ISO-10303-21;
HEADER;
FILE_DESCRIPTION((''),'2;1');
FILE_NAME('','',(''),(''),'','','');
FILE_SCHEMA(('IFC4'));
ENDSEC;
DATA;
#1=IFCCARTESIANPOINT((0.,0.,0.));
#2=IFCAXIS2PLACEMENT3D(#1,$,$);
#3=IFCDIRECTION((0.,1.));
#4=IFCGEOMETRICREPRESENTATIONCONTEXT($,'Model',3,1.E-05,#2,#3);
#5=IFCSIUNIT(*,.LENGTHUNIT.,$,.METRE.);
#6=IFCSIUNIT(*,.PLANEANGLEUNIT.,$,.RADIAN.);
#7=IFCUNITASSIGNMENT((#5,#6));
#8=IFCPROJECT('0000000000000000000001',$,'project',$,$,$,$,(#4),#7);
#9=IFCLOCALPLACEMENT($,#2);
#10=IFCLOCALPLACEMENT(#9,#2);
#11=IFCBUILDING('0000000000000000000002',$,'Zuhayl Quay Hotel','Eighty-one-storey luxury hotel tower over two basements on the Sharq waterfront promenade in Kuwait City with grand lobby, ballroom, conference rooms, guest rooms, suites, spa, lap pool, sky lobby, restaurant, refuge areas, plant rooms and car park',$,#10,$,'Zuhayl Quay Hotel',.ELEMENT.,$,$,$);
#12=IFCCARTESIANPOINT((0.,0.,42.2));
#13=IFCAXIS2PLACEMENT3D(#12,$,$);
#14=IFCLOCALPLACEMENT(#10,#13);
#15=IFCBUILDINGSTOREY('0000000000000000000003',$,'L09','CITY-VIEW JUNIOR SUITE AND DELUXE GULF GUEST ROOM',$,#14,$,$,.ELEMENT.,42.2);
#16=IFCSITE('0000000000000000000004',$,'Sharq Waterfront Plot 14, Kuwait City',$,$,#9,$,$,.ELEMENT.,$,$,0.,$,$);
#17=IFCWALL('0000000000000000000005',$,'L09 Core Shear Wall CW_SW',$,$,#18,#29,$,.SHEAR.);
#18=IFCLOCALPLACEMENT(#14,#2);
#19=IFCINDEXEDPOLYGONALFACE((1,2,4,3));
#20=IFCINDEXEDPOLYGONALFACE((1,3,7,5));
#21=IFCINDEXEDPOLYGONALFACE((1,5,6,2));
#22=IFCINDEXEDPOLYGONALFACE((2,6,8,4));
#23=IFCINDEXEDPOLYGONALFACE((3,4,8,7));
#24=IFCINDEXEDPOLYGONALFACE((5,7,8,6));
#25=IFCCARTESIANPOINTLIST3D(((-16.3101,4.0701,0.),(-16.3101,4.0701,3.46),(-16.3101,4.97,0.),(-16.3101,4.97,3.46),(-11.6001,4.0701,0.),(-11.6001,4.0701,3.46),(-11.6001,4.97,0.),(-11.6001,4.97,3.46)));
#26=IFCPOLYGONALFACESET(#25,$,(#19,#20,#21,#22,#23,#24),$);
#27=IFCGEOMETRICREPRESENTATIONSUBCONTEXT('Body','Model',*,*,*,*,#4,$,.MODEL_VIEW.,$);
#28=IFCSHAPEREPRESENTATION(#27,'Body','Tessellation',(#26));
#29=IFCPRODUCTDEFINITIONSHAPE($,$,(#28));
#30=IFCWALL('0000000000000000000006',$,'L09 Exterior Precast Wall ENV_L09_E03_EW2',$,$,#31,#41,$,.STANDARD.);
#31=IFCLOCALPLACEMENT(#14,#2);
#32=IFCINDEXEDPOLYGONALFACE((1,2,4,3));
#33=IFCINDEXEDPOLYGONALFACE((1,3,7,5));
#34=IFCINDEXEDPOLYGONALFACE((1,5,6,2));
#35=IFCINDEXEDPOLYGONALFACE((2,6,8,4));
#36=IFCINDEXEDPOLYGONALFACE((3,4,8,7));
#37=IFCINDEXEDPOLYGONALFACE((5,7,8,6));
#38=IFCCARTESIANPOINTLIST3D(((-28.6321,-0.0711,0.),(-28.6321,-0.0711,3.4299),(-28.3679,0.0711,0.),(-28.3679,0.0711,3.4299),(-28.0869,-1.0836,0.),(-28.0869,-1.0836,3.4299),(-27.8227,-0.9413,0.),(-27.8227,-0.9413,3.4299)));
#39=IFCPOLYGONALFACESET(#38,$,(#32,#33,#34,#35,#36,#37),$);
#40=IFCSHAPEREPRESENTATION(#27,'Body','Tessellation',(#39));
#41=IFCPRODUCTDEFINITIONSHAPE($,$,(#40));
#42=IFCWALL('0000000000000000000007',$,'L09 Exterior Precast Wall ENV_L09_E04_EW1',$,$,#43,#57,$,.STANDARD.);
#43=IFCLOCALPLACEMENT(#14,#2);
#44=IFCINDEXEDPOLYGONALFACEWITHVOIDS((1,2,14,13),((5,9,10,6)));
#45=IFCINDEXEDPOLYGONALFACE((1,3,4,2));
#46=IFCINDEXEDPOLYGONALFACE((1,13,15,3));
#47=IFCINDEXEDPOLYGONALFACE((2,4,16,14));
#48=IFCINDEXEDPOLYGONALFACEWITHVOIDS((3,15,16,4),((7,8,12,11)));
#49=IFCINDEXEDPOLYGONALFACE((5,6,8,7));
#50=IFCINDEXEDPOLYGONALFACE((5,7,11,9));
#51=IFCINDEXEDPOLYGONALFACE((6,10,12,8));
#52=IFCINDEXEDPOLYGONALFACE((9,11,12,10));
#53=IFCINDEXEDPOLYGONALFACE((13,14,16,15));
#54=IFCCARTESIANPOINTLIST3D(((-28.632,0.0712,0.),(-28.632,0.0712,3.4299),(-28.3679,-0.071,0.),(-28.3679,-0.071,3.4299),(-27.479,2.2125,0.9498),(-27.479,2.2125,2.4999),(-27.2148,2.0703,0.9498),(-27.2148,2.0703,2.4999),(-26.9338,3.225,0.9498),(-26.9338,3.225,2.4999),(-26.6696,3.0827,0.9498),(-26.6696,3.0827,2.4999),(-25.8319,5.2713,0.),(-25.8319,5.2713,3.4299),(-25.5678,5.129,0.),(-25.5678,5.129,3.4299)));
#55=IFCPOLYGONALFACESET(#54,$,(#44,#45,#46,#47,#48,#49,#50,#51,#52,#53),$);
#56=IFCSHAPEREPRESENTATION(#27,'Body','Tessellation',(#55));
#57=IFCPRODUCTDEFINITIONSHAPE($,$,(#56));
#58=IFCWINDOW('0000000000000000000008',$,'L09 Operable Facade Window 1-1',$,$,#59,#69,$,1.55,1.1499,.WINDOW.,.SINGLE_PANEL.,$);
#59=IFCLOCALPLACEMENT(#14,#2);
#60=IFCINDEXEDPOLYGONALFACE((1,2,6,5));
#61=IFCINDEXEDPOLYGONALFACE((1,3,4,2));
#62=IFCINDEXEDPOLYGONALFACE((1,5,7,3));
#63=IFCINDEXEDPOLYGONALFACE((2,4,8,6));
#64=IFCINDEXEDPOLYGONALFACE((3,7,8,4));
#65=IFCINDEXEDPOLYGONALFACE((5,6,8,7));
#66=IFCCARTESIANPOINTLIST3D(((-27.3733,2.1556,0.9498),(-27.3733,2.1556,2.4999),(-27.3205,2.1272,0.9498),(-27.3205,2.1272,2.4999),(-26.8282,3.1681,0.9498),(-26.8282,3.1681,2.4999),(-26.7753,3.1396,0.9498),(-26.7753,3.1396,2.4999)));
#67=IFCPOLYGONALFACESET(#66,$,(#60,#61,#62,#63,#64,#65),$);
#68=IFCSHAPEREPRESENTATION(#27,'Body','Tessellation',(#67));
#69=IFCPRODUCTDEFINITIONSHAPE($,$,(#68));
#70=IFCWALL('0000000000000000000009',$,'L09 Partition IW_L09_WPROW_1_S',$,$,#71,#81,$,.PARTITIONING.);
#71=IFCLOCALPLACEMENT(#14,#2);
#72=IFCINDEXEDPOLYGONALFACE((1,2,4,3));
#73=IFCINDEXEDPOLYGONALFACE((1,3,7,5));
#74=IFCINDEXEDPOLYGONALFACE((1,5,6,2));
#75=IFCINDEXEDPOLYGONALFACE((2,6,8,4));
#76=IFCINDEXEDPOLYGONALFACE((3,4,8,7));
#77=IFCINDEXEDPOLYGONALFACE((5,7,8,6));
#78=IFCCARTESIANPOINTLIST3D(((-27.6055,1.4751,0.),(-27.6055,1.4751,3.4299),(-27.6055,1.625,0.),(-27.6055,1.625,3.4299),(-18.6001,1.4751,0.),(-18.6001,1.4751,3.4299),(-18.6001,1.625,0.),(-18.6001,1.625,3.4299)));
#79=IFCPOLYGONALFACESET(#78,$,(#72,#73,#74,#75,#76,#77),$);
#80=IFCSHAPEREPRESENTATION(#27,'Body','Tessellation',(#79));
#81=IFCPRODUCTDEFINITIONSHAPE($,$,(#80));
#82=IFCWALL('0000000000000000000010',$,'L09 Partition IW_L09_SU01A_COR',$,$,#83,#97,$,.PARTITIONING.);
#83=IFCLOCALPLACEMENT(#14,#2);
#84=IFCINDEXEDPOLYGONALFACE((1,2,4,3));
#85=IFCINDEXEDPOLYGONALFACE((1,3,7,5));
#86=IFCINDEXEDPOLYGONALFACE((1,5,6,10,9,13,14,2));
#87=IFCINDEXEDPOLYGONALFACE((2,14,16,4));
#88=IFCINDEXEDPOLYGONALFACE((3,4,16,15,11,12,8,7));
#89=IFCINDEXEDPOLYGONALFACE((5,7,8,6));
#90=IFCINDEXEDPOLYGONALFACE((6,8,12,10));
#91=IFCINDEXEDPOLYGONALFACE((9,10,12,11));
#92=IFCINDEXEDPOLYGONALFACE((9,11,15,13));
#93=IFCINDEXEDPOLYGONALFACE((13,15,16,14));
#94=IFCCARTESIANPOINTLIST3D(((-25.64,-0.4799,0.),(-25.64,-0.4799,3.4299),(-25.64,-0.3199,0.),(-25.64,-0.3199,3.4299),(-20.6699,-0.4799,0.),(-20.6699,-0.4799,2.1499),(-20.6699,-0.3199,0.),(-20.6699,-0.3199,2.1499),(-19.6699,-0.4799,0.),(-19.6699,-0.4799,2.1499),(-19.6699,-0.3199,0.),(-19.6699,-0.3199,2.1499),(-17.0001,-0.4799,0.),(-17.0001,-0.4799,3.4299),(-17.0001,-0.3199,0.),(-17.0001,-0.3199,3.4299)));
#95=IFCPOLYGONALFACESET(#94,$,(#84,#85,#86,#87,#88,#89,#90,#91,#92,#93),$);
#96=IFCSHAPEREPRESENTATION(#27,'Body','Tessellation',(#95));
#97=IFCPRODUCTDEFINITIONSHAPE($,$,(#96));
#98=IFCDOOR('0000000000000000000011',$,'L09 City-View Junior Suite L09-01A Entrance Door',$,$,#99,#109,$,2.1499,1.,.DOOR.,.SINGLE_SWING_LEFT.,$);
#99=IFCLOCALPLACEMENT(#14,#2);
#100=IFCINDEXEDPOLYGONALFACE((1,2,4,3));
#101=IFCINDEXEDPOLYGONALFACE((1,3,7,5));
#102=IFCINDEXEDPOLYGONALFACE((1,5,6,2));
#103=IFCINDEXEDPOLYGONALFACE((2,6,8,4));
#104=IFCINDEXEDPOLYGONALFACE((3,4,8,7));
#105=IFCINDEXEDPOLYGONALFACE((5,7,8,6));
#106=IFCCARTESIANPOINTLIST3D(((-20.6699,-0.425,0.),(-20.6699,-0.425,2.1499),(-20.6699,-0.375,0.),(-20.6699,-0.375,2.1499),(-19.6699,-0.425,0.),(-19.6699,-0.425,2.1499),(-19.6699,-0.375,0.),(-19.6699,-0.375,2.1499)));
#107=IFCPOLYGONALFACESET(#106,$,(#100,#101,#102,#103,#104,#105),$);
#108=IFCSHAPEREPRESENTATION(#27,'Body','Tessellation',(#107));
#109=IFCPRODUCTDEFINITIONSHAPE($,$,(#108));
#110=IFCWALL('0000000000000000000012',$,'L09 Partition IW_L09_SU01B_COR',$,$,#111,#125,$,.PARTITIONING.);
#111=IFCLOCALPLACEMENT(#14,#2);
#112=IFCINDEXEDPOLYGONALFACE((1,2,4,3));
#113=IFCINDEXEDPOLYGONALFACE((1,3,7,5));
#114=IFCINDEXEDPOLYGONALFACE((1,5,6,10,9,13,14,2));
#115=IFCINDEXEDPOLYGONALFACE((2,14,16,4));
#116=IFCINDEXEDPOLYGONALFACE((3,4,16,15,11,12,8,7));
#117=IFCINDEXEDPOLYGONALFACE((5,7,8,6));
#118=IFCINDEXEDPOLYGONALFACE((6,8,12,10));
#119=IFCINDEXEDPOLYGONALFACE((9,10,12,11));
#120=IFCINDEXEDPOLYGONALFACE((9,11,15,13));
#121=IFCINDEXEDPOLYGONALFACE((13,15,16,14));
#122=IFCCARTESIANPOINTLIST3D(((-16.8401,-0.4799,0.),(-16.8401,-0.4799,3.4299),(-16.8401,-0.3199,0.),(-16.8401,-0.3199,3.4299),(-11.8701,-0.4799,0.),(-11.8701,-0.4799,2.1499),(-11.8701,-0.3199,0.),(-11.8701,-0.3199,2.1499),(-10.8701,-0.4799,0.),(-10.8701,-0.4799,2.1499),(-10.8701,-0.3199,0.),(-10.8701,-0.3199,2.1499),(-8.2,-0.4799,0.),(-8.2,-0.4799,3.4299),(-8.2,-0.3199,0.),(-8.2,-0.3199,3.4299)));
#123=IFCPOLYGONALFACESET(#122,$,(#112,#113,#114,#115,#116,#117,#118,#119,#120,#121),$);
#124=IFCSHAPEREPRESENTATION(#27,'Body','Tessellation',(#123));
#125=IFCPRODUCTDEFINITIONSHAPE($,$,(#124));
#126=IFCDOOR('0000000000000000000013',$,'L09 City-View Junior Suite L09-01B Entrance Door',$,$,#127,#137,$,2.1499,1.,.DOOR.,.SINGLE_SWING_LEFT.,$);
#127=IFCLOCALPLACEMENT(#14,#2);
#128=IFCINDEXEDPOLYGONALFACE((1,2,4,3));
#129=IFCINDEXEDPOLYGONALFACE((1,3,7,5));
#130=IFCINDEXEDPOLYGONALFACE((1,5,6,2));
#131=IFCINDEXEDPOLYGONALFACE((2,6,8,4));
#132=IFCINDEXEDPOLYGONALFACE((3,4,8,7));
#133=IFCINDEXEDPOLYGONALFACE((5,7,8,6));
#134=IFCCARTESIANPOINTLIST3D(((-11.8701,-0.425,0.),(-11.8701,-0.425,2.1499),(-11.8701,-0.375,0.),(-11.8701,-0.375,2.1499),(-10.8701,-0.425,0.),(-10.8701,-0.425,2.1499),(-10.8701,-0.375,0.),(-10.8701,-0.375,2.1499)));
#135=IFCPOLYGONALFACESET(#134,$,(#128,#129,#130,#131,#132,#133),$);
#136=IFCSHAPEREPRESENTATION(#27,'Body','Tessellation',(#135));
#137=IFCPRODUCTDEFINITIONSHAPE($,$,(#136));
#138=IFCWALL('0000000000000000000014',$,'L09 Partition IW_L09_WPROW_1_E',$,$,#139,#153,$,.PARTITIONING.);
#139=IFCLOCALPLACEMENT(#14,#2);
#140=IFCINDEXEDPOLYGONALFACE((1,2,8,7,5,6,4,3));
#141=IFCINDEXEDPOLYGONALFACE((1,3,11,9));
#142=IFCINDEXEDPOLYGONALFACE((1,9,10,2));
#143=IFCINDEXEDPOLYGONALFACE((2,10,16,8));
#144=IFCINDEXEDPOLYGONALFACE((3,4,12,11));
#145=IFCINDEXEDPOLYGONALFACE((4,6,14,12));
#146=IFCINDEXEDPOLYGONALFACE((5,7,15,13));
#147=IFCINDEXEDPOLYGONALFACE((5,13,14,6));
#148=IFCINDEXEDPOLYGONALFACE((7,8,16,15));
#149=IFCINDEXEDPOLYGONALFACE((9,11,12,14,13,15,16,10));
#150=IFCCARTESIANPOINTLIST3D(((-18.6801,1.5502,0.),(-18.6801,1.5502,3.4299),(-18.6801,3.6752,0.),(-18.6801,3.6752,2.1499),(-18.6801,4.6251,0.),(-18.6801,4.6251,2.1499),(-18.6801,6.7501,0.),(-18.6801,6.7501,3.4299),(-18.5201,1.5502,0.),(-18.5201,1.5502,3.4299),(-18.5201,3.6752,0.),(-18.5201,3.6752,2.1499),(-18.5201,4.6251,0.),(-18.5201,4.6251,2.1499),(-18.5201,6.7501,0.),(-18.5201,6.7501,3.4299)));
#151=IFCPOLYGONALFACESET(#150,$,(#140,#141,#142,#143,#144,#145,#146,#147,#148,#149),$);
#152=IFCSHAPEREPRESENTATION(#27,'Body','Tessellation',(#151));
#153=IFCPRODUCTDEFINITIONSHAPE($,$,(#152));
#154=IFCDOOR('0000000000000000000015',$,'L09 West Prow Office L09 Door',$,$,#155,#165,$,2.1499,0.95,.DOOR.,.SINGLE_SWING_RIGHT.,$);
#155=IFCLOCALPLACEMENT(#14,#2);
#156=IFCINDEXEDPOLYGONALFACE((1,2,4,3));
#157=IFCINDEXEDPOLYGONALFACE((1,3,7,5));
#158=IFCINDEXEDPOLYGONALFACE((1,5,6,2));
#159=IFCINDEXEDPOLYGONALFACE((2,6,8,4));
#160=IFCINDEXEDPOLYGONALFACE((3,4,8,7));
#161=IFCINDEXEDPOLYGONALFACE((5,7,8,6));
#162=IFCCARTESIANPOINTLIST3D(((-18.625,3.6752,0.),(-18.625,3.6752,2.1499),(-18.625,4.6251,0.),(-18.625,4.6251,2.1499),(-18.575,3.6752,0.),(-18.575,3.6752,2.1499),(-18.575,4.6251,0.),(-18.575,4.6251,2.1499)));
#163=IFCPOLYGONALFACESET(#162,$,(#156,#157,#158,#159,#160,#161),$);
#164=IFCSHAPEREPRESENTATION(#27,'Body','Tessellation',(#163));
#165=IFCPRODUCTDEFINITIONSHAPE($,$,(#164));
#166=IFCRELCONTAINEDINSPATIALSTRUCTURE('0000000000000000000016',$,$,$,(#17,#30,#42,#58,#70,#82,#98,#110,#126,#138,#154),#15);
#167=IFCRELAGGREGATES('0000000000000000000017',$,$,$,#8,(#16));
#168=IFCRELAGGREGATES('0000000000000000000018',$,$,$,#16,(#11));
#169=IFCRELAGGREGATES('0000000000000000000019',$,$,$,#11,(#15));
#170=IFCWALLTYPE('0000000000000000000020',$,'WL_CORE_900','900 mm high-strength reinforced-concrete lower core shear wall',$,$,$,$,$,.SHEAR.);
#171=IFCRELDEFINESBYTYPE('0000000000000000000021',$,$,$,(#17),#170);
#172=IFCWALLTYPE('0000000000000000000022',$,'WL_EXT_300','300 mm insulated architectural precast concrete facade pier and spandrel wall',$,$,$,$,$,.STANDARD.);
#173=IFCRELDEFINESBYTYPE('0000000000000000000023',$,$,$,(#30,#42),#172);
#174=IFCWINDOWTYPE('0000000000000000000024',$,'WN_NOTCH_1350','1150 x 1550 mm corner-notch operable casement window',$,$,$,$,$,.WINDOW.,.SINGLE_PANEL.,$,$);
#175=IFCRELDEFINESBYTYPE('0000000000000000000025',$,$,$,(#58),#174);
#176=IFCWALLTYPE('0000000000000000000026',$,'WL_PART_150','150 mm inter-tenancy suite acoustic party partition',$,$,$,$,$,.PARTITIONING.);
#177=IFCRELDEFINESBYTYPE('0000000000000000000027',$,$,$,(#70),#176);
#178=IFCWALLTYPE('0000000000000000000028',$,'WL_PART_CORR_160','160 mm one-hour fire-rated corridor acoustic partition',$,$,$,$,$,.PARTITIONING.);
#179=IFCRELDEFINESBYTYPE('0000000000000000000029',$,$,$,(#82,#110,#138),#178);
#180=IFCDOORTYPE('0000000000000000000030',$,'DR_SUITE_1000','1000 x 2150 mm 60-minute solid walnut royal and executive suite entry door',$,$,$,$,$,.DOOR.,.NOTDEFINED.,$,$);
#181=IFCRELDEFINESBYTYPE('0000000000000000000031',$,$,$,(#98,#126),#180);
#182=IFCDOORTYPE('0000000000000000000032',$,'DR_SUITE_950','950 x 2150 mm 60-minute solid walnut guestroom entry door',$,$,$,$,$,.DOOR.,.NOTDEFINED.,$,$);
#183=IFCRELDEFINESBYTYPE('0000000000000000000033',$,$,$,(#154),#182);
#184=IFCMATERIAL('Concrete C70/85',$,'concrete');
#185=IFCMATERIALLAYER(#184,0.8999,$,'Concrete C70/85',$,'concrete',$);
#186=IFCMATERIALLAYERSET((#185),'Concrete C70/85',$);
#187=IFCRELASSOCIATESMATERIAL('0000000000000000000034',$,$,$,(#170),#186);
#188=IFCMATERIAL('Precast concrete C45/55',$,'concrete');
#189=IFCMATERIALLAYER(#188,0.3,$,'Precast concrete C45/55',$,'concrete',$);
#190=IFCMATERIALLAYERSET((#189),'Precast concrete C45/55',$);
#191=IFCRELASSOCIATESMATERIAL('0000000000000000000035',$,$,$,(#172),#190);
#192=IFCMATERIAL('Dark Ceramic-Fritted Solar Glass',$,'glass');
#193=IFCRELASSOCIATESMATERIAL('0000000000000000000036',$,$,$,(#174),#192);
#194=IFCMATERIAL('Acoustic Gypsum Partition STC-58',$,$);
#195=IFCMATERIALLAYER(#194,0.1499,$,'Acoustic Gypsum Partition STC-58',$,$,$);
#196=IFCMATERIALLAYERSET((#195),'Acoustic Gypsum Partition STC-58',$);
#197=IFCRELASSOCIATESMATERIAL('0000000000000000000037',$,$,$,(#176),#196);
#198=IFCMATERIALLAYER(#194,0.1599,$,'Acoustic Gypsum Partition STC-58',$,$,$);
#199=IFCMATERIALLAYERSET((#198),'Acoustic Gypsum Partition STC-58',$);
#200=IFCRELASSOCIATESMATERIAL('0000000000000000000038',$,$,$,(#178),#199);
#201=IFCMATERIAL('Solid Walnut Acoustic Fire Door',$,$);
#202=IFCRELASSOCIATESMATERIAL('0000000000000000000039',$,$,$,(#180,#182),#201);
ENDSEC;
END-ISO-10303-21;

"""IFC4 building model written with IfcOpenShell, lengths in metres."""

from ifc_helpers import new_model, si_unit, direction, frame, frame_2d, origin, place, context, subcontext, project, spatial, rectangle, extrude, material, layer, layer_set, type_object, element, fill, save


model = new_model("IFC4")

# Units and contexts
model_context = context("Model", 3, precision=1e-05, world=origin(), true_north=direction((0.0, 1.0)))
body_context = subcontext(model_context, "Body", "Model", "MODEL_VIEW")
ifc_project = project(units=[si_unit("LENGTHUNIT", "METRE"), si_unit("PLANEANGLEUNIT", "RADIAN")], contexts=[model_context])

# Site, building, storey
site_placement = place(None, origin())
site = spatial("IfcSite", under=ifc_project, at=site_placement, Name="Sharq Waterfront Plot 14, Kuwait City", CompositionType="ELEMENT", RefElevation=0.0)
building_placement = place(site_placement, origin())
building = spatial("IfcBuilding", under=site, at=building_placement, Name="Zuhayl Quay Hotel", Description="Eighty-one-storey luxury hotel tower over two basements on the Sharq waterfront promenade in Kuwait City with grand lobby, ballroom, conference rooms, guest rooms, suites, spa, lap pool, sky lobby, restaurant, refuge areas, plant rooms and car park", LongName="Zuhayl Quay Hotel", CompositionType="ELEMENT")
storey_placement = place(building_placement, frame((0.0, 0.0, 42.2)))
storey = spatial("IfcBuildingStorey", under=building, at=storey_placement, Name="L09", Description="CITY-VIEW JUNIOR SUITE AND DELUXE GULF GUEST ROOM", CompositionType="ELEMENT", Elevation=42.2)

# Shared definitions
ifc_material_1 = material(Name="Concrete C70/85", Category="concrete")

# Shared definitions
ifc_material_2 = material(Name="Dark Ceramic-Fritted Solar Glass", Category="glass")

# Walls
ifc_layer_1 = layer(ifc_material_1, 0.8999, Name="Concrete C70/85", Category="concrete")
ifc_layer_set_1 = layer_set([ifc_layer_1], Name="Concrete C70/85")
wall_type_1 = type_object("IfcWallType", Name="WL_CORE_900", Description="900 mm high-strength reinforced-concrete lower core shear wall", PredefinedType="SHEAR", material=ifc_layer_set_1)
wall_1_placement = place(storey_placement, frame((-16.3101, 4.52, 0.0), z_axis=(0.0, 0.0, 1.0), x_axis=(1.0, 0.0, 0.0)))
element("IfcWall", 1, at=wall_1_placement, inside=storey, type_object=wall_type_1, Name="L09 Core Shear Wall CW_SW", PredefinedType="SHEAR", context=body_context, shape_type="SweptSolid", body=[
    extrude(rectangle(XDim=4.71, YDim=0.8999, at=frame_2d((2.355, 0.0))), origin(), (0.0, 0.0, 1.0), 3.46),
])
ifc_material_3 = material(Name="Precast concrete C45/55", Category="concrete")
ifc_layer_2 = layer(ifc_material_3, 0.3, Name="Precast concrete C45/55", Category="concrete")
ifc_layer_set_2 = layer_set([ifc_layer_2], Name="Precast concrete C45/55")
wall_type_2 = type_object("IfcWallType", Name="WL_EXT_300", Description="300 mm insulated architectural precast concrete facade pier and spandrel wall", PredefinedType="STANDARD", material=ifc_layer_set_2)
wall_2_placement = place(storey_placement, frame((-27.9548, -1.0125, 0.0), z_axis=(0.0, 0.0, 1.0), x_axis=(-0.4741, 0.880471, 0.0)))
element("IfcWall", 2, at=wall_2_placement, inside=storey, type_object=wall_type_2, Name="L09 Exterior Precast Wall ENV_L09_E03_EW2", PredefinedType="STANDARD", context=body_context, shape_type="SweptSolid", body=[
    extrude(rectangle(XDim=1.1499, YDim=0.3, at=frame_2d((0.575, 0.0))), origin(), (0.0, 0.0, 1.0), 3.4299),
])

# Wall, opening, window
wall_3_placement = place(storey_placement, frame((-28.5, 0.0, 0.0), z_axis=(0.0, 0.0, 1.0), x_axis=(0.47411, 0.880466, 0.0)))
wall_3 = element("IfcWall", 3, at=wall_3_placement, inside=storey, type_object=wall_type_2, Name="L09 Exterior Precast Wall ENV_L09_E04_EW1", PredefinedType="STANDARD", context=body_context, shape_type="SweptSolid", body=[
    extrude(rectangle(XDim=5.906, YDim=0.3, at=frame_2d((2.9531, 0.0))), origin(), (0.0, 0.0, 1.0), 3.4299),
])
opening_1_placement = place(wall_3_placement, frame((2.4321, 0.0, 0.95)))
opening_1 = element("IfcOpeningElement", 4, at=opening_1_placement, cuts=wall_3, PredefinedType="OPENING", context=body_context, shape_type="SweptSolid", body=[
    extrude(rectangle(XDim=1.1499, YDim=1.55, at=frame_2d((0.575, 0.7749))), frame((0.0, 0.1599, 0.0), z_axis=(0.0, -1.0, 0.0), x_axis=(1.0, 0.0, 0.0)), (0.0, 0.0, 1.0), 0.3201),
])
window_type = type_object("IfcWindowType", Name="WN_NOTCH_1350", Description="1150 x 1550 mm corner-notch operable casement window", PartitioningType="SINGLE_PANEL", PredefinedType="WINDOW", material=ifc_material_2)
window_placement = place(opening_1_placement, origin())
window = element("IfcWindow", 5, at=window_placement, inside=storey, type_object=window_type, Name="L09 Operable Facade Window 1-1", OverallHeight=1.55, OverallWidth=1.1499, PartitioningType="SINGLE_PANEL", PredefinedType="WINDOW", context=body_context, shape_type="SweptSolid", body=[
    extrude(rectangle(XDim=1.1499, YDim=1.55, at=frame_2d((0.575, 0.7749))), frame((0.0, 0.03, 0.0), z_axis=(0.0, -1.0, 0.0), x_axis=(1.0, 0.0, 0.0)), (0.0, 0.0, 1.0), 0.0601),
])
fill(opening_1, window)

# Wall
ifc_material_4 = material(Name="Acoustic Gypsum Partition STC-58")
ifc_layer_3 = layer(ifc_material_4, 0.1499, Name="Acoustic Gypsum Partition STC-58")
ifc_layer_set_3 = layer_set([ifc_layer_3], Name="Acoustic Gypsum Partition STC-58")
wall_type_3 = type_object("IfcWallType", Name="WL_PART_150", Description="150 mm inter-tenancy suite acoustic party partition", PredefinedType="PARTITIONING", material=ifc_layer_set_3)
wall_4_placement = place(storey_placement, frame((-27.6055, 1.55, 0.0), z_axis=(0.0, 0.0, 1.0), x_axis=(1.0, 0.0, 0.0)))
element("IfcWall", 6, at=wall_4_placement, inside=storey, type_object=wall_type_3, Name="L09 Partition IW_L09_WPROW_1_S", PredefinedType="PARTITIONING", context=body_context, shape_type="SweptSolid", body=[
    extrude(rectangle(XDim=9.0054, YDim=0.1499, at=frame_2d((4.5027, 0.0))), origin(), (0.0, 0.0, 1.0), 3.4299),
])

# Walls, openings, doors
ifc_layer_4 = layer(ifc_material_4, 0.1599, Name="Acoustic Gypsum Partition STC-58")
ifc_layer_set_4 = layer_set([ifc_layer_4], Name="Acoustic Gypsum Partition STC-58")
wall_type_4 = type_object("IfcWallType", Name="WL_PART_CORR_160", Description="160 mm one-hour fire-rated corridor acoustic partition", PredefinedType="PARTITIONING", material=ifc_layer_set_4)
wall_5_placement = place(storey_placement, frame((-25.6399, -0.3999, 0.0), z_axis=(0.0, 0.0, 1.0), x_axis=(1.0, 0.0, 0.0)))
wall_5 = element("IfcWall", 7, at=wall_5_placement, inside=storey, type_object=wall_type_4, Name="L09 Partition IW_L09_SU01A_COR", PredefinedType="PARTITIONING", context=body_context, shape_type="SweptSolid", body=[
    extrude(rectangle(XDim=8.6399, YDim=0.1599, at=frame_2d((4.3198, 0.0))), origin(), (0.0, 0.0, 1.0), 3.4299),
])
opening_2_placement = place(wall_5_placement, frame((4.97, 0.0, 0.0)))
opening_2 = element("IfcOpeningElement", 8, at=opening_2_placement, cuts=wall_5, PredefinedType="OPENING", context=body_context, shape_type="SweptSolid", body=[
    extrude(rectangle(XDim=1.0, YDim=2.1499, at=frame_2d((0.5, 1.075))), frame((0.0, 0.0898, 0.0), z_axis=(0.0, -1.0, 0.0), x_axis=(1.0, 0.0, 0.0)), (0.0, 0.0, 1.0), 0.1799),
])
ifc_material_5 = material(Name="Solid Walnut Acoustic Fire Door")
door_type_1 = type_object("IfcDoorType", Name="DR_SUITE_1000", Description="1000 x 2150 mm 60-minute solid walnut royal and executive suite entry door", OperationType="NOTDEFINED", PredefinedType="DOOR", material=ifc_material_5)
door_1_placement = place(opening_2_placement, origin())
door_1 = element("IfcDoor", 9, at=door_1_placement, inside=storey, type_object=door_type_1, Name="L09 City-View Junior Suite L09-01A Entrance Door", OperationType="SINGLE_SWING_LEFT", OverallHeight=2.1499, OverallWidth=1.0, PredefinedType="DOOR", context=body_context, shape_type="SweptSolid", body=[
    extrude(rectangle(XDim=1.0, YDim=2.1499, at=frame_2d((0.5, 1.075))), frame((0.0, 0.0249, 0.0), z_axis=(0.0, -1.0, 0.0), x_axis=(1.0, 0.0, 0.0)), (0.0, 0.0, 1.0), 0.05),
])
fill(opening_2, door_1)
wall_6_placement = place(storey_placement, frame((-16.8401, -0.3999, 0.0), z_axis=(0.0, 0.0, 1.0), x_axis=(1.0, 0.0, 0.0)))
wall_6 = element("IfcWall", 10, at=wall_6_placement, inside=storey, type_object=wall_type_4, Name="L09 Partition IW_L09_SU01B_COR", PredefinedType="PARTITIONING", context=body_context, shape_type="SweptSolid", body=[
    extrude(rectangle(XDim=8.6401, YDim=0.1599, at=frame_2d((4.3201, 0.0))), origin(), (0.0, 0.0, 1.0), 3.4299),
])
opening_3_placement = place(wall_6_placement, frame((4.97, 0.0, 0.0)))
opening_3 = element("IfcOpeningElement", 11, at=opening_3_placement, cuts=wall_6, PredefinedType="OPENING", context=body_context, shape_type="SweptSolid", body=[
    extrude(rectangle(XDim=1.0, YDim=2.1499, at=frame_2d((0.5, 1.075))), frame((0.0, 0.0898, 0.0), z_axis=(0.0, -1.0, 0.0), x_axis=(1.0, 0.0, 0.0)), (0.0, 0.0, 1.0), 0.1799),
])
door_2_placement = place(opening_3_placement, origin())
door_2 = element("IfcDoor", 12, at=door_2_placement, inside=storey, type_object=door_type_1, Name="L09 City-View Junior Suite L09-01B Entrance Door", OperationType="SINGLE_SWING_LEFT", OverallHeight=2.1499, OverallWidth=1.0, PredefinedType="DOOR", context=body_context, shape_type="SweptSolid", body=[
    extrude(rectangle(XDim=1.0, YDim=2.1499, at=frame_2d((0.5, 1.075))), frame((0.0, 0.0249, 0.0), z_axis=(0.0, -1.0, 0.0), x_axis=(1.0, 0.0, 0.0)), (0.0, 0.0, 1.0), 0.05),
])
fill(opening_3, door_2)
wall_7_placement = place(storey_placement, frame((-18.6001, 1.55, 0.0), z_axis=(0.0, 0.0, 1.0), x_axis=(0.0, 1.0, 0.0)))
wall_7 = element("IfcWall", 13, at=wall_7_placement, inside=storey, type_object=wall_type_4, Name="L09 Partition IW_L09_WPROW_1_E", PredefinedType="PARTITIONING", context=body_context, shape_type="SweptSolid", body=[
    extrude(rectangle(XDim=5.2, YDim=0.1599, at=frame_2d((2.6001, 0.0))), origin(), (0.0, 0.0, 1.0), 3.4299),
])
opening_4_placement = place(wall_7_placement, frame((2.125, 0.0, 0.0)))
opening_4 = element("IfcOpeningElement", 14, at=opening_4_placement, cuts=wall_7, PredefinedType="OPENING", context=body_context, shape_type="SweptSolid", body=[
    extrude(rectangle(XDim=0.95, YDim=2.1499, at=frame_2d((0.4751, 1.075))), frame((0.0, 0.0898, 0.0), z_axis=(0.0, -1.0, 0.0), x_axis=(1.0, 0.0, 0.0)), (0.0, 0.0, 1.0), 0.1799),
])
door_type_2 = type_object("IfcDoorType", Name="DR_SUITE_950", Description="950 x 2150 mm 60-minute solid walnut guestroom entry door", OperationType="NOTDEFINED", PredefinedType="DOOR", material=ifc_material_5)
door_3_placement = place(opening_4_placement, origin())
door_3 = element("IfcDoor", 15, at=door_3_placement, inside=storey, type_object=door_type_2, Name="L09 West Prow Office L09 Door", OperationType="SINGLE_SWING_RIGHT", OverallHeight=2.1499, OverallWidth=0.95, PredefinedType="DOOR", context=body_context, shape_type="SweptSolid", body=[
    extrude(rectangle(XDim=0.95, YDim=2.1499, at=frame_2d((0.4751, 1.075))), frame((0.0, 0.0249, 0.0), z_axis=(0.0, -1.0, 0.0), x_axis=(1.0, 0.0, 0.0)), (0.0, 0.0, 1.0), 0.05),
])
fill(opening_4, door_3)

save(model, "model.ifc")
